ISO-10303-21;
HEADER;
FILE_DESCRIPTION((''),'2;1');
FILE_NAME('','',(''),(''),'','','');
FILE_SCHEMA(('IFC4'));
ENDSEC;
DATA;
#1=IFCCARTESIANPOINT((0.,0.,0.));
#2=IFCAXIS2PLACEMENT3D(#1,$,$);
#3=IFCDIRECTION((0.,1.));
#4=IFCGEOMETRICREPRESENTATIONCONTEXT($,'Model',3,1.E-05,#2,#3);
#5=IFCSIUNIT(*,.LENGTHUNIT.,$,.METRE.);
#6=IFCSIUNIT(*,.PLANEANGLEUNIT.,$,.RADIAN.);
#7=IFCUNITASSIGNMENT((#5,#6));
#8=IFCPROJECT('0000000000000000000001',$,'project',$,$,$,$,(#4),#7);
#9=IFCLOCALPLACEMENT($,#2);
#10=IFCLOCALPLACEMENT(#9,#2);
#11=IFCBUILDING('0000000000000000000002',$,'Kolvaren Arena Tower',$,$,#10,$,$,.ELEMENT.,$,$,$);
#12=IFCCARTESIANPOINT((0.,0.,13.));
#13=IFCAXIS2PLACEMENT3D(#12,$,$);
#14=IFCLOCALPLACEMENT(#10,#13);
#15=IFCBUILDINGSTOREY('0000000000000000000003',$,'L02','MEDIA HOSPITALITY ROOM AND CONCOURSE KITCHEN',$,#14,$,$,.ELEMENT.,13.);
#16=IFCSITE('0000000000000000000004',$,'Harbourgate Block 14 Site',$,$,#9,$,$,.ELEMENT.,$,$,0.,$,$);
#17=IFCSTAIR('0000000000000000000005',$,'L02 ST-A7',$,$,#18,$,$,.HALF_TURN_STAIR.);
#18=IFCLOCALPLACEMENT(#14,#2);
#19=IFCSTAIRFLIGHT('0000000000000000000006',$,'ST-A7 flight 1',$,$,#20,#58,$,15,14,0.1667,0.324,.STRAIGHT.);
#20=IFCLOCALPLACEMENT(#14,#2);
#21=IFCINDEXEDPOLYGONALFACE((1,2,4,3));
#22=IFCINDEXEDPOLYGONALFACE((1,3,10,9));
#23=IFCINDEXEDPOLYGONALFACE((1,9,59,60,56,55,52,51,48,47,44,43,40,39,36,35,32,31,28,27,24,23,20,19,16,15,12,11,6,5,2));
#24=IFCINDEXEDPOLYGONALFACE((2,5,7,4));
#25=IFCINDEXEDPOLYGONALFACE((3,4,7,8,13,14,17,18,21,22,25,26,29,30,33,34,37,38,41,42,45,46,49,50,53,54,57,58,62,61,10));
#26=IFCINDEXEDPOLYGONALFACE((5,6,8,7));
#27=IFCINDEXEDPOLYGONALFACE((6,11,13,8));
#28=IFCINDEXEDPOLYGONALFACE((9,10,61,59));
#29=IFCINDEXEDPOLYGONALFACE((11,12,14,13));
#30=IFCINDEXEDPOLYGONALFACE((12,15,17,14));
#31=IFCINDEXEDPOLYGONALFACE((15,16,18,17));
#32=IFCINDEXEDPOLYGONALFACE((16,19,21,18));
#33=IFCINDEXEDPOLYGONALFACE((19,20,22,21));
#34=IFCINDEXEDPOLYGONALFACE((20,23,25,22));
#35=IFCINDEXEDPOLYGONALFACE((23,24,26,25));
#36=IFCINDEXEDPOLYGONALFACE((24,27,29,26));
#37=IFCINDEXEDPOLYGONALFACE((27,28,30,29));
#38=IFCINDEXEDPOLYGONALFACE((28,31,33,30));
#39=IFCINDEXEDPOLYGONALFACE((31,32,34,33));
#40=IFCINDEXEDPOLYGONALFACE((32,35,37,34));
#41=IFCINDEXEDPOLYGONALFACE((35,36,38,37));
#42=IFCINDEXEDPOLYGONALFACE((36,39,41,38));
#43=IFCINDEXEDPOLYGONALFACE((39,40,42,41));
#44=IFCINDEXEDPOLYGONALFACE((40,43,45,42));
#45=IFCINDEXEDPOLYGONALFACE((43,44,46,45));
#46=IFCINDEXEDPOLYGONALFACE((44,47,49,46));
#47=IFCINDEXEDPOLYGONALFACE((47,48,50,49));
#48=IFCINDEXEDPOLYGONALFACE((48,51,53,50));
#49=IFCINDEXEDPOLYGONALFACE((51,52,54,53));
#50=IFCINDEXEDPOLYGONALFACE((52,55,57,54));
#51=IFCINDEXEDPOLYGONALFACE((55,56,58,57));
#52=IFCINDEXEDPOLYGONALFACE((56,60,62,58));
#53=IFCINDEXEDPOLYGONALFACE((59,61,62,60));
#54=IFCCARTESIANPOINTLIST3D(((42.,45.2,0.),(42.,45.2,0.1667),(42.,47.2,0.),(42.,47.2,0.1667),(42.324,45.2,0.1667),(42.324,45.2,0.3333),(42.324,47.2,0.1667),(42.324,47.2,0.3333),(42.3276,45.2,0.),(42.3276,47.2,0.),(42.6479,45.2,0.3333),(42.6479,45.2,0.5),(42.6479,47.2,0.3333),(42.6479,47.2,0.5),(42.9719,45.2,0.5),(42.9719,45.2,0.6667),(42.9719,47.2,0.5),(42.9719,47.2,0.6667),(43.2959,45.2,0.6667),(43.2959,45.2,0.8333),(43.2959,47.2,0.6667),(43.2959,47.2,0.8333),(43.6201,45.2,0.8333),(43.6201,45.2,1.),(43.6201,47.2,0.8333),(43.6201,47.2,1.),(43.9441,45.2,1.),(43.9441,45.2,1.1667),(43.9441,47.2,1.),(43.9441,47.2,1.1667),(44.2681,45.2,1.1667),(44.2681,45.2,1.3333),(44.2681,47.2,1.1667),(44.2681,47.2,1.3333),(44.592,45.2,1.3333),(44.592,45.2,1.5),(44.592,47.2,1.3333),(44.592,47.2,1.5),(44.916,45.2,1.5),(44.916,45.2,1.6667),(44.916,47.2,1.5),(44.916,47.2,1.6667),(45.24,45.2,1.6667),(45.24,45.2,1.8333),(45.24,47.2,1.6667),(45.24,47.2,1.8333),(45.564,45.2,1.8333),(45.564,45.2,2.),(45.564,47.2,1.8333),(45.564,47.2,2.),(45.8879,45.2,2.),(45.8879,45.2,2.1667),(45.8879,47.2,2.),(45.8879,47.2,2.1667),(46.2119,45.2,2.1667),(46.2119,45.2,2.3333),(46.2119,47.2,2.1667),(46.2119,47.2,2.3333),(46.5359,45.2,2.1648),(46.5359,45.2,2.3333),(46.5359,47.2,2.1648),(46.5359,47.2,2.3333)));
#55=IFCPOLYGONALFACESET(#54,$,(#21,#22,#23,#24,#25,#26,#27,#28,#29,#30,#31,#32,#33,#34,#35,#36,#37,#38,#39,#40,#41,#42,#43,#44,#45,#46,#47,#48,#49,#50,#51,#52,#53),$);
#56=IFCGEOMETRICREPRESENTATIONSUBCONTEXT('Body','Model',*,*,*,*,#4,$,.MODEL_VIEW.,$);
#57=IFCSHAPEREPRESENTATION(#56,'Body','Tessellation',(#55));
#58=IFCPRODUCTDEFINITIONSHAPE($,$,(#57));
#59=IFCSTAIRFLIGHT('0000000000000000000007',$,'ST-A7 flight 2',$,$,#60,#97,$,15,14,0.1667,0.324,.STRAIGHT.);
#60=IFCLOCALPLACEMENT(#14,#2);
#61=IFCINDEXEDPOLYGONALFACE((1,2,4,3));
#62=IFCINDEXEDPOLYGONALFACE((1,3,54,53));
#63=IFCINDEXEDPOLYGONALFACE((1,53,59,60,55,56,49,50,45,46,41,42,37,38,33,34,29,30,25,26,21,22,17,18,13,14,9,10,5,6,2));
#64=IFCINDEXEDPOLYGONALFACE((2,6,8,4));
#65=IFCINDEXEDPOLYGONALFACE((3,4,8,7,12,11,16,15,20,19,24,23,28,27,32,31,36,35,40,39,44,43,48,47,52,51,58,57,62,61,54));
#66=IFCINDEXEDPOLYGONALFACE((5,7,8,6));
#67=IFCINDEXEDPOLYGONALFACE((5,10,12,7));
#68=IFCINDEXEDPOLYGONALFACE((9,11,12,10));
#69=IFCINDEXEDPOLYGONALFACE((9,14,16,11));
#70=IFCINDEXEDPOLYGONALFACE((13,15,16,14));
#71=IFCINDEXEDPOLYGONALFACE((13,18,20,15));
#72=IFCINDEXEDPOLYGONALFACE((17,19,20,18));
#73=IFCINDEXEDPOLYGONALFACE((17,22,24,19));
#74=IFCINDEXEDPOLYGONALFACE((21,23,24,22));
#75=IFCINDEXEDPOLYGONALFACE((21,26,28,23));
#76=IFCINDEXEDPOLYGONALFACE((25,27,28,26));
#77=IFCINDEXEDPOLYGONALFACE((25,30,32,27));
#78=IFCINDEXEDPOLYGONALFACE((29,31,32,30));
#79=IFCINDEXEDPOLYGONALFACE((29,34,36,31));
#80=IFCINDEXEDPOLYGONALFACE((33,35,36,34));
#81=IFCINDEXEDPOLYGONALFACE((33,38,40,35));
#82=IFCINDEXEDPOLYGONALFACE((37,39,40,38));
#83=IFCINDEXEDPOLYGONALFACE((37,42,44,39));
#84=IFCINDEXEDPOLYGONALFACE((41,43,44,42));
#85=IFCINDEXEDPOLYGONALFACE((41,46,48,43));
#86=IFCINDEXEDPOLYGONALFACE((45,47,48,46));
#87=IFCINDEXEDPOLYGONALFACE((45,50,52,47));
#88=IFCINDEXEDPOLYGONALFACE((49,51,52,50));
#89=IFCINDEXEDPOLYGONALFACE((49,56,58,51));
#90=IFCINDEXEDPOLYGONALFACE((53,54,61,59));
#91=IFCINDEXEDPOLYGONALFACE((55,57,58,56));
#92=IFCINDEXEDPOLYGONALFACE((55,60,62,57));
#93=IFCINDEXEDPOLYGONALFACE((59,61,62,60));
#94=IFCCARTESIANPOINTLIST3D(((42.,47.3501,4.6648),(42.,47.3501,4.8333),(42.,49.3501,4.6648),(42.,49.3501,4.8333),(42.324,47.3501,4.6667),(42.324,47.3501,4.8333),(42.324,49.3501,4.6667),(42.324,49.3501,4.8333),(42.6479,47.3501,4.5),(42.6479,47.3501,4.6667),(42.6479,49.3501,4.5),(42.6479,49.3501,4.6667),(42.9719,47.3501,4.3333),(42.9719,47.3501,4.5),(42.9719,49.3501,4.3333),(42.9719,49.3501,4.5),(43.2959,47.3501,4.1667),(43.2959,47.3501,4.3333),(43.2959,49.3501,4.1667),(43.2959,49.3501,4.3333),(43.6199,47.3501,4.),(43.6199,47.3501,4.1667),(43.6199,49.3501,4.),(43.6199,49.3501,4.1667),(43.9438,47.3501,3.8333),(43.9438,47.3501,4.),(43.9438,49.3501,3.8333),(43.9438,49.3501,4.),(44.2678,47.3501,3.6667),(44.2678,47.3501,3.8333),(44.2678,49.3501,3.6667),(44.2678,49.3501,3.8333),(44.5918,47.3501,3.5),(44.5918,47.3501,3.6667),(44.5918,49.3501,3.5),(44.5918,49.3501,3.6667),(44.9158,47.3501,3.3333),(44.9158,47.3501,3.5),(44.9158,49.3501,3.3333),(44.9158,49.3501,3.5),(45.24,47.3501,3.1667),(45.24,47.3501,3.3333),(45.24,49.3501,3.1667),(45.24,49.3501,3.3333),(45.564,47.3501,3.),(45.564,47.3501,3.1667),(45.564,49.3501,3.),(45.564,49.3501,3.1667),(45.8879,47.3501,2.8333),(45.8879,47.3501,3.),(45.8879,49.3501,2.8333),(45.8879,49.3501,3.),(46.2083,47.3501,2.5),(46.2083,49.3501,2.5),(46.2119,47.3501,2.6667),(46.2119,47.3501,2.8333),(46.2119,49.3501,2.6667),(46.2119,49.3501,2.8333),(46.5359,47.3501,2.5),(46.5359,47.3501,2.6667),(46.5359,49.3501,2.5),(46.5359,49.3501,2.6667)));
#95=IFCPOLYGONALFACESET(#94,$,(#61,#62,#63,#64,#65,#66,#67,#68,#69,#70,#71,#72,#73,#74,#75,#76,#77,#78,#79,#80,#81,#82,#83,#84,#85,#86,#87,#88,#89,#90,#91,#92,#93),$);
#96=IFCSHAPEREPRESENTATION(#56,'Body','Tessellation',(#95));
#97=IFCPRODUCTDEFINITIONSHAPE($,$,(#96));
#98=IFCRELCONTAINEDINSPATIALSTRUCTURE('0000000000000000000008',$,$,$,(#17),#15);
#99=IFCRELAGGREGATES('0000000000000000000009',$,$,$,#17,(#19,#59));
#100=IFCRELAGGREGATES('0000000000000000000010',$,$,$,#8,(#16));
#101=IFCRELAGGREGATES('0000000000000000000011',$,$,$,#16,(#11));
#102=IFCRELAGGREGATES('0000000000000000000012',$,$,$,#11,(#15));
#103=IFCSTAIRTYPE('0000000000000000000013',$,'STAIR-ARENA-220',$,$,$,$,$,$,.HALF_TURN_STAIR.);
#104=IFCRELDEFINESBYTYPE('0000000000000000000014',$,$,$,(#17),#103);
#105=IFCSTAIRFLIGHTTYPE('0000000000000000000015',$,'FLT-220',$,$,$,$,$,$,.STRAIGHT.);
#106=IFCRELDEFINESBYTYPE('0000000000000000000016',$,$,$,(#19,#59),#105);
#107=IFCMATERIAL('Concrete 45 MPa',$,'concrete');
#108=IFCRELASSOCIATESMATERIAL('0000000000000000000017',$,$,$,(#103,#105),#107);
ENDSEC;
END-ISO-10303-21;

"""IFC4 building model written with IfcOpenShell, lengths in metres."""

from ifc_helpers import new_model, si_unit, direction, frame, origin, place, context, subcontext, project, spatial, polyline, outline, extrude, material, type_object, element, aggregate, save


model = new_model("IFC4")

# Units and contexts
model_context = context("Model", 3, precision=1e-05, world=origin(), true_north=direction((0.0, 1.0)))
body_context = subcontext(model_context, "Body", "Model", "MODEL_VIEW")
ifc_project = project(units=[si_unit("LENGTHUNIT", "METRE"), si_unit("PLANEANGLEUNIT", "RADIAN")], contexts=[model_context])

# Site, building, storey
site_placement = place(None, origin())
site = spatial("IfcSite", under=ifc_project, at=site_placement, Name="Harbourgate Block 14 Site", CompositionType="ELEMENT", RefElevation=0.0)
building_placement = place(site_placement, origin())
building = spatial("IfcBuilding", under=site, at=building_placement, Name="Kolvaren Arena Tower", CompositionType="ELEMENT")
storey_placement = place(building_placement, frame((0.0, 0.0, 13.0)))
storey = spatial("IfcBuildingStorey", under=building, at=storey_placement, Name="L02", Description="MEDIA HOSPITALITY ROOM AND CONCOURSE KITCHEN", CompositionType="ELEMENT", Elevation=13.0)

# Shared definitions
ifc_material_1 = material(Name="Concrete 45 MPa", Category="concrete")

# Stair, stair flights
stair_type_1 = type_object("IfcStairType", Name="STAIR-ARENA-220", PredefinedType="HALF_TURN_STAIR", material=ifc_material_1)
stair_1_placement = place(storey_placement, origin())
stair_1 = element("IfcStair", 1, at=stair_1_placement, inside=storey, type_object=stair_type_1, Name="L02 ST-A7", PredefinedType="HALF_TURN_STAIR")
stair_flight_type_1 = type_object("IfcStairFlightType", Name="FLT-220", PredefinedType="STRAIGHT", material=ifc_material_1)
stair_flight_1_placement = place(storey_placement, frame((42.0, 46.2, 0.0), z_axis=(0.0, 0.0, 1.0), x_axis=(1.0, 0.0, 0.0)))
stair_flight_1 = element("IfcStairFlight", 2, at=stair_flight_1_placement, type_object=stair_flight_type_1, Name="ST-A7 flight 1", NumberOfRisers=15, NumberOfTreads=14, PredefinedType="STRAIGHT", RiserHeight=0.1667, TreadLength=0.324, context=body_context, shape_type="SweptSolid", body=[
    extrude(outline(polyline([(0.0, 0.0), (0.0, 0.1667), (0.324, 0.1667), (0.324, 0.3333), (0.6479, 0.3333), (0.6479, 0.5), (0.9719, 0.5), (0.9719, 0.6667), (1.2959, 0.6667), (1.2959, 0.8333), (1.6201, 0.8333), (1.6201, 1.0), (1.9441, 1.0), (1.9441, 1.1667), (2.2681, 1.1667), (2.2681, 1.3333), (2.592, 1.3333), (2.592, 1.5), (2.916, 1.5), (2.916, 1.6667), (3.24, 1.6667), (3.24, 1.8333), (3.564, 1.8333), (3.564, 2.0), (3.8879, 2.0), (3.8879, 2.1667), (4.2119, 2.1667), (4.2119, 2.3333), (4.5359, 2.3333), (4.5359, 2.5), (4.5359, 2.1648), (0.3276, 0.0), (0.0, 0.0)])), frame((0.0, 1.0, 0.0), z_axis=(0.0, -1.0, 0.0), x_axis=(1.0, 0.0, 0.0)), (0.0, 0.0, 1.0), 2.0),
])
stair_flight_2_placement = place(storey_placement, frame((46.5359, 48.3501, 2.5), z_axis=(0.0, 0.0, 1.0), x_axis=(-1.0, 0.0, 0.0)))
stair_flight_2 = element("IfcStairFlight", 3, at=stair_flight_2_placement, type_object=stair_flight_type_1, Name="ST-A7 flight 2", NumberOfRisers=15, NumberOfTreads=14, PredefinedType="STRAIGHT", RiserHeight=0.1667, TreadLength=0.324, context=body_context, shape_type="SweptSolid", body=[
    extrude(outline(polyline([(0.0, 0.0), (0.0, 0.1667), (0.324, 0.1667), (0.324, 0.3333), (0.6479, 0.3333), (0.6479, 0.5), (0.9719, 0.5), (0.9719, 0.6667), (1.2959, 0.6667), (1.2959, 0.8333), (1.6201, 0.8333), (1.6201, 1.0), (1.9441, 1.0), (1.9441, 1.1667), (2.2681, 1.1667), (2.2681, 1.3333), (2.592, 1.3333), (2.592, 1.5), (2.916, 1.5), (2.916, 1.6667), (3.24, 1.6667), (3.24, 1.8333), (3.564, 1.8333), (3.564, 2.0), (3.8879, 2.0), (3.8879, 2.1667), (4.2119, 2.1667), (4.2119, 2.3333), (4.5359, 2.3333), (4.5359, 2.5), (4.5359, 2.1648), (0.3276, 0.0), (0.0, 0.0)])), frame((0.0, 1.0, 0.0), z_axis=(0.0, -1.0, 0.0), x_axis=(1.0, 0.0, 0.0)), (0.0, 0.0, 1.0), 2.0),
])
aggregate(stair_1, [stair_flight_1, stair_flight_2])

save(model, "model.ifc")
